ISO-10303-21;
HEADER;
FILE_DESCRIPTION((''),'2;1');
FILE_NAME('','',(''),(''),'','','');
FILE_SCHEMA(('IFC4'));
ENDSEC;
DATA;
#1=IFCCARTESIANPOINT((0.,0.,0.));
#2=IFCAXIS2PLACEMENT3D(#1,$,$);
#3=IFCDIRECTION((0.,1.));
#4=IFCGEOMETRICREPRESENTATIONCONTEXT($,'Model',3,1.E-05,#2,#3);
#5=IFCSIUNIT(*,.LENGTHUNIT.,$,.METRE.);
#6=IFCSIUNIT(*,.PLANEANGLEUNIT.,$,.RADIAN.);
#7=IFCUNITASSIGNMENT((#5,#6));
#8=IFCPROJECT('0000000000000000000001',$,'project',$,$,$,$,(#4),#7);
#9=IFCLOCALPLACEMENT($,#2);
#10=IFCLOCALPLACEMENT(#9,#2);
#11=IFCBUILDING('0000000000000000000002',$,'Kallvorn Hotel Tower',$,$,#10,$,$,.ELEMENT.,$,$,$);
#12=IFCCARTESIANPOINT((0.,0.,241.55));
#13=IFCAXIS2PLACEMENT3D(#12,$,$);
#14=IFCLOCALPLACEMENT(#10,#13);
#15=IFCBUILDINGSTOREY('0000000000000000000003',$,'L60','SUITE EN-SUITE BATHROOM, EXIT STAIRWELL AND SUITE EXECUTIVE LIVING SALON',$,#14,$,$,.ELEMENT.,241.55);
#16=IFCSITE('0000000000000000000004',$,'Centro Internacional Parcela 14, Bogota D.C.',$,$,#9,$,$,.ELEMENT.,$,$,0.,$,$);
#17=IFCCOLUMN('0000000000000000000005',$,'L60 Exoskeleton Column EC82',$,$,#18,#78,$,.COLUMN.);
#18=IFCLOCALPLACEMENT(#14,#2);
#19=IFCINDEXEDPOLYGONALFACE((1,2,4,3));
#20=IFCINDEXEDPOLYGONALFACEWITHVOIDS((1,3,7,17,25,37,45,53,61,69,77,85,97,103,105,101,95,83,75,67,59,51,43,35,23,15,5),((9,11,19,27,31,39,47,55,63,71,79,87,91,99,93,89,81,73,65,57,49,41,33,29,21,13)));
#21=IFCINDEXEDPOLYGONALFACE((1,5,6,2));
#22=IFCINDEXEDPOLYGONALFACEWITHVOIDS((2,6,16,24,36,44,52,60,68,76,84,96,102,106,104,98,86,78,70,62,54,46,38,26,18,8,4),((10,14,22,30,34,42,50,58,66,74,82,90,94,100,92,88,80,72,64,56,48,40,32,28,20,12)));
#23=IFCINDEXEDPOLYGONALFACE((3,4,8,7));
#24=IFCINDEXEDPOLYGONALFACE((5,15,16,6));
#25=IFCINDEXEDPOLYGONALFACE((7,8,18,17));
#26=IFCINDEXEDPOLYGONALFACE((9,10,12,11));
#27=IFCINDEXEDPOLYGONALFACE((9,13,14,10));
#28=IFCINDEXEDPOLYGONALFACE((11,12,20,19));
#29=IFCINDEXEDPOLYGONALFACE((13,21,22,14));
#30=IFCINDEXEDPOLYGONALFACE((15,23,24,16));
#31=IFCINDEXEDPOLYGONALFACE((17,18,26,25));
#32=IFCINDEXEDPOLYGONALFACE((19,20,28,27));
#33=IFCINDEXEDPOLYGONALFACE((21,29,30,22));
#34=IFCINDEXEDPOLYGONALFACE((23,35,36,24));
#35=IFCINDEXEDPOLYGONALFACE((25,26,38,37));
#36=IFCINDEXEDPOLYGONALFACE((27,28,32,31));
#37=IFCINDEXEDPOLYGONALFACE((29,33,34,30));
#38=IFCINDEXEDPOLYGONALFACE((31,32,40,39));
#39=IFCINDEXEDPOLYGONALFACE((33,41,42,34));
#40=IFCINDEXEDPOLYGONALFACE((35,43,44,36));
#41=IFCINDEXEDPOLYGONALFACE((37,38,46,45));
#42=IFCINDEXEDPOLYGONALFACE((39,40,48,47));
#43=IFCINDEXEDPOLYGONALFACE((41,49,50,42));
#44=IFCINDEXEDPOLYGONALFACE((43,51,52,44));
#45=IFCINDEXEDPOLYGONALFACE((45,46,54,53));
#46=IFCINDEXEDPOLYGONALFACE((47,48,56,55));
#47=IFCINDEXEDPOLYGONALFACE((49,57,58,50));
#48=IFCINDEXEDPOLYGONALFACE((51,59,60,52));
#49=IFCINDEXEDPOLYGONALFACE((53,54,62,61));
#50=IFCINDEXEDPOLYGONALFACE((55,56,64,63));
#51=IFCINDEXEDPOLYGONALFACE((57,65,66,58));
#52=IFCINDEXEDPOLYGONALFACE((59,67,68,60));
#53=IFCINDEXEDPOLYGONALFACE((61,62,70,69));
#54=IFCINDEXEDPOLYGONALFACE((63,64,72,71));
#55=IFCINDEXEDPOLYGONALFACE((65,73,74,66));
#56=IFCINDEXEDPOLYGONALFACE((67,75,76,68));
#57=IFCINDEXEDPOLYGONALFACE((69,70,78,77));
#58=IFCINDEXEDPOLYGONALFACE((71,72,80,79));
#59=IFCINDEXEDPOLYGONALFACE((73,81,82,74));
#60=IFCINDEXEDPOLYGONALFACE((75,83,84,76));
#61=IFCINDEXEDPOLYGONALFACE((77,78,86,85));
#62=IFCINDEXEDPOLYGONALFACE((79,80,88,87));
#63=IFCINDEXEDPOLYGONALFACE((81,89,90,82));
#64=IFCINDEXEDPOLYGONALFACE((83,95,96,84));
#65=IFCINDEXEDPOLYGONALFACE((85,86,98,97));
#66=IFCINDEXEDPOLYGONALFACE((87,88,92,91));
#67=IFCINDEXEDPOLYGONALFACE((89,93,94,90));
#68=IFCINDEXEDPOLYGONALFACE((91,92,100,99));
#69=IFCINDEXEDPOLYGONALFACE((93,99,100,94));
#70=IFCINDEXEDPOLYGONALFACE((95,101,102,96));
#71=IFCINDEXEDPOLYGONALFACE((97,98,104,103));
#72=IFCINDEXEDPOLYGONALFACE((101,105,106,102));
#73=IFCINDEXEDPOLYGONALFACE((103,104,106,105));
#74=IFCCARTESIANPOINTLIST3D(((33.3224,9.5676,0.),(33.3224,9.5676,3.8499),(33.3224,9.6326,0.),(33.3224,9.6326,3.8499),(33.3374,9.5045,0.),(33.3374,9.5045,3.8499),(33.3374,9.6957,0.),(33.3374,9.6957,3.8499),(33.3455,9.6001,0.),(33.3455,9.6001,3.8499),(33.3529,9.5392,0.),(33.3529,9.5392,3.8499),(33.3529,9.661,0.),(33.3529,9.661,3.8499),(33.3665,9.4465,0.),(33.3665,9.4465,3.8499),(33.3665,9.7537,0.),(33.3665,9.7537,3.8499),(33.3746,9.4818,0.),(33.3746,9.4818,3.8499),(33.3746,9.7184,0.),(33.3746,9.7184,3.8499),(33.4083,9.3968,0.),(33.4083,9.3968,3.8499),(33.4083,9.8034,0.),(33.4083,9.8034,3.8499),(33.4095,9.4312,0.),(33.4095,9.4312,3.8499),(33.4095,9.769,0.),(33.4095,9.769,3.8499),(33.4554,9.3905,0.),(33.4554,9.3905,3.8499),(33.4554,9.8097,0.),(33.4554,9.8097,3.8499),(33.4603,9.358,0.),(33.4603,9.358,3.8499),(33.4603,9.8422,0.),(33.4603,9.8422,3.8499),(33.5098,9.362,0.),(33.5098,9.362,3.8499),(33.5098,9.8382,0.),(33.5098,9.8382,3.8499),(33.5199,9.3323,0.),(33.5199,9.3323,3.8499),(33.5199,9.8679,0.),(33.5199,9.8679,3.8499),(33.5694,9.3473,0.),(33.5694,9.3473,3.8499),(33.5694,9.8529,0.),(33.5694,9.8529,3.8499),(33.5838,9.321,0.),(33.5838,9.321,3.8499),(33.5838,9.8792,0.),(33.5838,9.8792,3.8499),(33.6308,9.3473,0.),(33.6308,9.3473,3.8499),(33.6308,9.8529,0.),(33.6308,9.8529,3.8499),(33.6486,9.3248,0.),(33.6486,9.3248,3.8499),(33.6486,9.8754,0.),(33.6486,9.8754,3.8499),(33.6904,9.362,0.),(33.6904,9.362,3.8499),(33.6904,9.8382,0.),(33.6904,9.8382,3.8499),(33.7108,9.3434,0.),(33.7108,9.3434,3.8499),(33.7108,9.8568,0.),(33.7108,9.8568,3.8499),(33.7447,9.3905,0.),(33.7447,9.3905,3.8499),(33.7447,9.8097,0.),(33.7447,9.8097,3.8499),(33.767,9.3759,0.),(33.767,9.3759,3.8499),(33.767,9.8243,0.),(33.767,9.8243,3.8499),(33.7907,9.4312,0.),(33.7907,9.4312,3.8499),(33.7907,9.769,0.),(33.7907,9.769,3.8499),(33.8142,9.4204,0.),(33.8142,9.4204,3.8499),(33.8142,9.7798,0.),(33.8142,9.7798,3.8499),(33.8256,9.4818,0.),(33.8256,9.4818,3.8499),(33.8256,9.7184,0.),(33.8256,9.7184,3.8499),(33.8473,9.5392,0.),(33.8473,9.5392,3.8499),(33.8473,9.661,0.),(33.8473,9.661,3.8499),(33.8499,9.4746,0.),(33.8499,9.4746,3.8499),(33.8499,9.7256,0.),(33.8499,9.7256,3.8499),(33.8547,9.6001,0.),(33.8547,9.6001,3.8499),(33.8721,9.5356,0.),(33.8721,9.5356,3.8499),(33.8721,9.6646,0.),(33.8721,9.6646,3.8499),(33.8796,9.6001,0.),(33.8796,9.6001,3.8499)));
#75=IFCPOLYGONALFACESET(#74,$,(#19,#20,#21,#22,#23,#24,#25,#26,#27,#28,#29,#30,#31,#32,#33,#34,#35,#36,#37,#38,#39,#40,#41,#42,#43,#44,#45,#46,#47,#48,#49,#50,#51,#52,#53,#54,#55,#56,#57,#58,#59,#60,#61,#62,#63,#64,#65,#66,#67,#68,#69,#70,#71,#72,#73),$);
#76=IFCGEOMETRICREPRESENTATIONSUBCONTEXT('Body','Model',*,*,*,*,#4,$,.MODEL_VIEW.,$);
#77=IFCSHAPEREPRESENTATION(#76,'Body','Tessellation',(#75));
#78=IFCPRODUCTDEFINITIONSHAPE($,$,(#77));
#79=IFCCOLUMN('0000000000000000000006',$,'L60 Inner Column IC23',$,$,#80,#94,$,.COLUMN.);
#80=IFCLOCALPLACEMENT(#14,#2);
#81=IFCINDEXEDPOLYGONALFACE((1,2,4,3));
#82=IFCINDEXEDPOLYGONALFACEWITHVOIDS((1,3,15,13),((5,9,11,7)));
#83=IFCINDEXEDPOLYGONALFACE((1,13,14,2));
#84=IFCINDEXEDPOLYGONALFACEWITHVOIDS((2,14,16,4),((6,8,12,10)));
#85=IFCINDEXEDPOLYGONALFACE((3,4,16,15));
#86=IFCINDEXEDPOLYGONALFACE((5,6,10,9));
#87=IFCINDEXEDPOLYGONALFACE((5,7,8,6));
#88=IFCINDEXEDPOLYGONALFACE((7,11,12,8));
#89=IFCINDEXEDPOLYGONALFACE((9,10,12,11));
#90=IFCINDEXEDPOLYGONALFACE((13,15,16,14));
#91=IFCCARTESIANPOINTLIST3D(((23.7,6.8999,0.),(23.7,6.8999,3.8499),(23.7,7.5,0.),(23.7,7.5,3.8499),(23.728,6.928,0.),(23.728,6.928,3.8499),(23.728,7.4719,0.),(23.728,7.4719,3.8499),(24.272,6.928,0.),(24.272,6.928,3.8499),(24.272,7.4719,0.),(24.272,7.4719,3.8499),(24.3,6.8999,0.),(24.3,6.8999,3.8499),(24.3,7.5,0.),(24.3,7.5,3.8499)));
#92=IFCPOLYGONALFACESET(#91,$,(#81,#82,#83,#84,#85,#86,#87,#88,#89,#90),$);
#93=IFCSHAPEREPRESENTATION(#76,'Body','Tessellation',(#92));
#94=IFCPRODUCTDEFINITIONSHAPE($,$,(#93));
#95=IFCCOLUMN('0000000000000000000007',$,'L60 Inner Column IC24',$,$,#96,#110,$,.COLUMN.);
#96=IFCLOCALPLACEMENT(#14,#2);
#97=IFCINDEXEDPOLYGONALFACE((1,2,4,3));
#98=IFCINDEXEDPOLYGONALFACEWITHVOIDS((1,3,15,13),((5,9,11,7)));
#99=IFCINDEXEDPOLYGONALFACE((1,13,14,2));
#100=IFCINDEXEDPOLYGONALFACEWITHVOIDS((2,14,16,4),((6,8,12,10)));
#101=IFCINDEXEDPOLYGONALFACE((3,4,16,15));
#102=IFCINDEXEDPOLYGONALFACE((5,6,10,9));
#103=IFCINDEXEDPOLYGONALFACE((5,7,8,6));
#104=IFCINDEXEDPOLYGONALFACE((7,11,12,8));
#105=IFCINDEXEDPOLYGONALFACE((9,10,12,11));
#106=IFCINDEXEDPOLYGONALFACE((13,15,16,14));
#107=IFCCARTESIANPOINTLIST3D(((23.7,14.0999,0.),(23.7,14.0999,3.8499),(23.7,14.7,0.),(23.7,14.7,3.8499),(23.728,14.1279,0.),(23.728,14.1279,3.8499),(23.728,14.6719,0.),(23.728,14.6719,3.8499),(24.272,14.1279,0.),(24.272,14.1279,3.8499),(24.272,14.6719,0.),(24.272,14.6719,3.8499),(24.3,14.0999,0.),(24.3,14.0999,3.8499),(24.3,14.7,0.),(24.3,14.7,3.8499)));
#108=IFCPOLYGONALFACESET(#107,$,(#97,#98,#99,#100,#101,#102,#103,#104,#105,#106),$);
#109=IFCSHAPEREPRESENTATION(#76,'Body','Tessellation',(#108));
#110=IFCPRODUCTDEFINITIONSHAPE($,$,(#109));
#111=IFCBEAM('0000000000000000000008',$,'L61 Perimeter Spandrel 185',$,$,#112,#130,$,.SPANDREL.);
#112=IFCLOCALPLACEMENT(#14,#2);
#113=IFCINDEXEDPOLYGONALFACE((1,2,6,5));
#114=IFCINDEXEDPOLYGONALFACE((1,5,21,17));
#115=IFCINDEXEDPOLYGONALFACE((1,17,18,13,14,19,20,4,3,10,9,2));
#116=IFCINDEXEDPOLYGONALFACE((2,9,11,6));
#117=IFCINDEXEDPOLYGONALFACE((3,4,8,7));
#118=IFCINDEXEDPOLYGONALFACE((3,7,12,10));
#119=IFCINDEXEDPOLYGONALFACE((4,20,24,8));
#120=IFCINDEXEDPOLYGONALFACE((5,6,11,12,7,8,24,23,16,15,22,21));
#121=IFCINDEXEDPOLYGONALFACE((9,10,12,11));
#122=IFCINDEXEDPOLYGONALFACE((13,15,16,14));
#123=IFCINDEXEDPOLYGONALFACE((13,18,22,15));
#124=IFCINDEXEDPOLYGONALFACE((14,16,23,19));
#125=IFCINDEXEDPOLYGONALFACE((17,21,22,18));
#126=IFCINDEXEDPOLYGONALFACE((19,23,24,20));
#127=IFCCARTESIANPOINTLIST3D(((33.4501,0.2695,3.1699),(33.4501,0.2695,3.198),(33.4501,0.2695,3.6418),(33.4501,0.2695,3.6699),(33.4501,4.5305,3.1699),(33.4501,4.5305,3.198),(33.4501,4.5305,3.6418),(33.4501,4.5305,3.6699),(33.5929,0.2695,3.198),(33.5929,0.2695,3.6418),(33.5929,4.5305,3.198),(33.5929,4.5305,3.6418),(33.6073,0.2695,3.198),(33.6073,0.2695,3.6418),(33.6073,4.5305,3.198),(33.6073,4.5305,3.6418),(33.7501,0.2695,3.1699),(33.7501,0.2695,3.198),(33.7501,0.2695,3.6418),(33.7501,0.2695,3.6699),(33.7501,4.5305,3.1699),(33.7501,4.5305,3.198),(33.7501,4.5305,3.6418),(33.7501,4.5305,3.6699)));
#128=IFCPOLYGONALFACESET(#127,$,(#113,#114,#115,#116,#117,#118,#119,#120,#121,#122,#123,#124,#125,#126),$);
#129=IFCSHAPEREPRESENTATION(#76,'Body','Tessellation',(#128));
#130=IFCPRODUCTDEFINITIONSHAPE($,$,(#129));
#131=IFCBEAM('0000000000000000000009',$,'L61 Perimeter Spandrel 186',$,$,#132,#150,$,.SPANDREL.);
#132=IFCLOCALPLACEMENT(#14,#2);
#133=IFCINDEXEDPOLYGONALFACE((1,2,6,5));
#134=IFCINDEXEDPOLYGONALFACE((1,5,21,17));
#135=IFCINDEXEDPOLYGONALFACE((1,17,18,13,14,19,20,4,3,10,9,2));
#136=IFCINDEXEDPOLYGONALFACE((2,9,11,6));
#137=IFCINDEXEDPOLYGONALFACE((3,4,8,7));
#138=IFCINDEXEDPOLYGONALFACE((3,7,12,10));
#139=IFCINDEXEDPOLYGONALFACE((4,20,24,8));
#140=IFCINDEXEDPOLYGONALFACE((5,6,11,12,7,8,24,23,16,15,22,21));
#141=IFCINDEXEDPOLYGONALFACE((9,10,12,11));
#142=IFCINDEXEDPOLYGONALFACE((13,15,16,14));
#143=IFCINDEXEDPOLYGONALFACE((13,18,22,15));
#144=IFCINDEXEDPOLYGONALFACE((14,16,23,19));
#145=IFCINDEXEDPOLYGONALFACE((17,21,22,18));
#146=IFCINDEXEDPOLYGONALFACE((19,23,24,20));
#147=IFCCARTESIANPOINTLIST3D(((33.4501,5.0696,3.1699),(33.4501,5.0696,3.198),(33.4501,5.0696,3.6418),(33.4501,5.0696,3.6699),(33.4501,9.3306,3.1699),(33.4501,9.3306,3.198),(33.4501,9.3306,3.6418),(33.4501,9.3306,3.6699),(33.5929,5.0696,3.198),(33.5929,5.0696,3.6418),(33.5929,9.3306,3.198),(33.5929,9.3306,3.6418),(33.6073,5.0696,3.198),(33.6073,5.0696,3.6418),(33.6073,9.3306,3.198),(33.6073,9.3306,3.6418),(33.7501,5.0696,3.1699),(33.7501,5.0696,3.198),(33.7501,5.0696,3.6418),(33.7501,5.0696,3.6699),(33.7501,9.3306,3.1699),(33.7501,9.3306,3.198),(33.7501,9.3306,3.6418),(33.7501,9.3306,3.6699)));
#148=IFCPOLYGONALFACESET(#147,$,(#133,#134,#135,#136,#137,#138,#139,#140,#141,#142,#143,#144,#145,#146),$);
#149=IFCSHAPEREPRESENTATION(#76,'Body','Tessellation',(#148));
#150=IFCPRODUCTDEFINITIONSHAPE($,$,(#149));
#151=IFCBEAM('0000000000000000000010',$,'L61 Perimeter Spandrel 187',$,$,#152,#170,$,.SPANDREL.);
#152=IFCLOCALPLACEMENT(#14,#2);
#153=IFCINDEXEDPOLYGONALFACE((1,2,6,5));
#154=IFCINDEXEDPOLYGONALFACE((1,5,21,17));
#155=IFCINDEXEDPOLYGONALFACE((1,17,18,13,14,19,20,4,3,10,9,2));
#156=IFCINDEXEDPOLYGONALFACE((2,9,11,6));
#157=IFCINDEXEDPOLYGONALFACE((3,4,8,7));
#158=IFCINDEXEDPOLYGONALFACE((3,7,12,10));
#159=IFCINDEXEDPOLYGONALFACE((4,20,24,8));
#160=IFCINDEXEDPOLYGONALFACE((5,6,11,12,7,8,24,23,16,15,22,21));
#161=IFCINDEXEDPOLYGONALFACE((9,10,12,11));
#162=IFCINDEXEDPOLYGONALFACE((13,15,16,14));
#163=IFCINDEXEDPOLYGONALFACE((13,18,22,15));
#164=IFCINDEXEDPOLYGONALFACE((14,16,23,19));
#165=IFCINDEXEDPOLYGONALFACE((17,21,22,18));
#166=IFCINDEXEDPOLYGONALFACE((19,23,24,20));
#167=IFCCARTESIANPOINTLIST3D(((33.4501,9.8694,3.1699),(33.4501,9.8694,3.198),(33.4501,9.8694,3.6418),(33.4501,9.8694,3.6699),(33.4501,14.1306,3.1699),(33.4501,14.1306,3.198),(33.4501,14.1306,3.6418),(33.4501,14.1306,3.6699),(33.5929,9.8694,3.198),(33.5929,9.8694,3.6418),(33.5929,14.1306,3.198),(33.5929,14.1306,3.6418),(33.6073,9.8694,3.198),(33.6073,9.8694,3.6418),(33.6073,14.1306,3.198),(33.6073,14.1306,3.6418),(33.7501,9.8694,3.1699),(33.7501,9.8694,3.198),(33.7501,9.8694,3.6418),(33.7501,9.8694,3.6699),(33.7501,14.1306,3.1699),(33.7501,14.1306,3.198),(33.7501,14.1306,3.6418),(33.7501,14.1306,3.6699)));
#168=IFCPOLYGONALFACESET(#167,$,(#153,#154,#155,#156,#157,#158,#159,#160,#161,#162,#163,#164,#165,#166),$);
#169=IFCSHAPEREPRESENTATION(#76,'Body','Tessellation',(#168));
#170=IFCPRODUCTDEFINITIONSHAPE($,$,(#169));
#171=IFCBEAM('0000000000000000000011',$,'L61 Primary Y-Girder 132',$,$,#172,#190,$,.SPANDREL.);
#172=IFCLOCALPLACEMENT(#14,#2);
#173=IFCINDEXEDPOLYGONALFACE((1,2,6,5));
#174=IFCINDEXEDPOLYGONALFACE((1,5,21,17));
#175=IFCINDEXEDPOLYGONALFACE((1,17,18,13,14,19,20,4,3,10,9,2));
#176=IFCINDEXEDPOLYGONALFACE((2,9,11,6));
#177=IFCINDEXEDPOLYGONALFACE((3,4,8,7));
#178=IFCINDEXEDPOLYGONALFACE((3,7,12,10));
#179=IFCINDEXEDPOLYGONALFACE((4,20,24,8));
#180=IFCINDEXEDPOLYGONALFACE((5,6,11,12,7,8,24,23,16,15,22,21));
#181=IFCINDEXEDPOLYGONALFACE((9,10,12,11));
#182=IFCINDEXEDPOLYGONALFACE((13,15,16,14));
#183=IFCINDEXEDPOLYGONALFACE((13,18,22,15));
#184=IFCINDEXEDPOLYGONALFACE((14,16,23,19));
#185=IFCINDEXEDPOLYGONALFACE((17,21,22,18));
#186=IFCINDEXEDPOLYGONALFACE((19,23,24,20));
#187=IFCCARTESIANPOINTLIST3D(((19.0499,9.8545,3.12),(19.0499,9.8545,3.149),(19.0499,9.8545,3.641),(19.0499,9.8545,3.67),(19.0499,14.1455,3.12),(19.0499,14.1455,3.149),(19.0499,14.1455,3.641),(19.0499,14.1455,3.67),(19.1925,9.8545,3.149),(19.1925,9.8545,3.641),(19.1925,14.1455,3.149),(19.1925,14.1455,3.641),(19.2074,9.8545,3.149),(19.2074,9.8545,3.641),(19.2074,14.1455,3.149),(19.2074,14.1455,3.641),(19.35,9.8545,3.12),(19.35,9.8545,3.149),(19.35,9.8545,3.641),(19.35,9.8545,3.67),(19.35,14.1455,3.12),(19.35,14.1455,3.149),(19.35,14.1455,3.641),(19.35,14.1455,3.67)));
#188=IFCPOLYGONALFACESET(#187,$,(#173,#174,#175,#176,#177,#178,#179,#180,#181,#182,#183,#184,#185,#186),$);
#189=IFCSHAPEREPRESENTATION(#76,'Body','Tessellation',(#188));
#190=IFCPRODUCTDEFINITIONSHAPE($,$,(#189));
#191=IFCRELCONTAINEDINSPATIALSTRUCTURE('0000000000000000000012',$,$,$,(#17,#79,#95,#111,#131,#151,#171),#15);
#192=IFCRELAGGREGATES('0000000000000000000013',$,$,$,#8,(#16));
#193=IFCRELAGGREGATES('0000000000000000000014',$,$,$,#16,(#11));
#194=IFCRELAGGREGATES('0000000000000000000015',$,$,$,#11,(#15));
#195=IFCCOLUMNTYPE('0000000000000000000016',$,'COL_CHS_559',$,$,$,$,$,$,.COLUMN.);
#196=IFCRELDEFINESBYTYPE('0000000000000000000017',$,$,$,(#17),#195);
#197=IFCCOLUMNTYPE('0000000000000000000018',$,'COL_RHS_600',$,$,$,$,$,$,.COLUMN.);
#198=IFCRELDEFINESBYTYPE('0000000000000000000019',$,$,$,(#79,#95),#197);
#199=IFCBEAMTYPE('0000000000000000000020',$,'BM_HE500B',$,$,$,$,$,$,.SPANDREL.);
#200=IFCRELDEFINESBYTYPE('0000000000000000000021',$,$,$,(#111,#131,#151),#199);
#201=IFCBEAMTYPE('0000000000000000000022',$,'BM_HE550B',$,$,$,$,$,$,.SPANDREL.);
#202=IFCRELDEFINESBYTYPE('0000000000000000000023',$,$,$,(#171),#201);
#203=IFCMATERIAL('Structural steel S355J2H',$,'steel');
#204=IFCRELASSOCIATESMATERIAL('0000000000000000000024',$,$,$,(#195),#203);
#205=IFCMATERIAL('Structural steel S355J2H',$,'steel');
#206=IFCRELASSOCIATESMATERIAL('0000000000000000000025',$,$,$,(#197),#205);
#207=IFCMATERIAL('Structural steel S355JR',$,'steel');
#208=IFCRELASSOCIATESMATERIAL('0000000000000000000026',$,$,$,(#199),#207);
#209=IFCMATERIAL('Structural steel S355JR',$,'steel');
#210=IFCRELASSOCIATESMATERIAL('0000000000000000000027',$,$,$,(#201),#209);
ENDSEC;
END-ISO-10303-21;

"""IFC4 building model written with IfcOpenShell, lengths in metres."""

from ifc_helpers import new_model, si_unit, direction, frame, origin, origin_2d, place, context, subcontext, project, spatial, hollow_rectangle, hollow_circle, i_section, extrude, material, material_profile, profile_set, type_object, element, save


model = new_model("IFC4")

# Units and contexts
model_context = context("Model", 3, precision=1e-05, world=origin(), true_north=direction((0.0, 1.0)))
body_context = subcontext(model_context, "Body", "Model", "MODEL_VIEW")
ifc_project = project(units=[si_unit("LENGTHUNIT", "METRE"), si_unit("PLANEANGLEUNIT", "RADIAN")], contexts=[model_context])

# Site, building, storey
site_placement = place(None, origin())
site = spatial("IfcSite", under=ifc_project, at=site_placement, Name="Centro Internacional Parcela 14, Bogota D.C.", CompositionType="ELEMENT", RefElevation=0.0)
building_placement = place(site_placement, origin())
building = spatial("IfcBuilding", under=site, at=building_placement, Name="Kallvorn Hotel Tower", CompositionType="ELEMENT")
storey_placement = place(building_placement, frame((0.0, 0.0, 241.55)))
storey = spatial("IfcBuildingStorey", under=building, at=storey_placement, Name="L60", Description="SUITE EN-SUITE BATHROOM, EXIT STAIRWELL AND SUITE EXECUTIVE LIVING SALON", CompositionType="ELEMENT", Elevation=241.55)

# Columns
ifc_material_1 = material(Name="Structural steel S355J2H", Category="steel")
ifc_material_profile_1 = material_profile(ifc_material_1, hollow_circle(Radius=0.2795, WallThickness=0.0249, at=origin_2d()), Name="CHS 559x25")
ifc_profile_set_1 = profile_set([ifc_material_profile_1], Name="Structural steel S355J2H")
column_type_1 = type_object("IfcColumnType", Name="COL_CHS_559", PredefinedType="COLUMN", material=ifc_profile_set_1)
for number, where, z_axis, x_axis, name in (
    (1, (33.6001, 9.6001, 0.0), (0.0, 0.0, 1.0), (1.0, 0.0, 0.0), "L60 Exoskeleton Column EC82"),
):
    element("IfcColumn", number, at=place(storey_placement, frame(where, z_axis=z_axis, x_axis=x_axis)), inside=storey, type_object=column_type_1, Name=name, PredefinedType="COLUMN", context=body_context, shape_type="SweptSolid", body=[
        extrude(hollow_circle(Radius=0.2795, WallThickness=0.0249, at=origin_2d()), origin(), (0.0, 0.0, 1.0), 3.8499),
    ])
ifc_material_2 = material(Name="Structural steel S355J2H", Category="steel")
ifc_material_profile_2 = material_profile(ifc_material_2, hollow_rectangle(XDim=0.6001, YDim=0.6001, WallThickness=0.0281, at=origin_2d()), Name="RHS 600x600x28")
ifc_profile_set_2 = profile_set([ifc_material_profile_2], Name="Structural steel S355J2H")
column_type_2 = type_object("IfcColumnType", Name="COL_RHS_600", PredefinedType="COLUMN", material=ifc_profile_set_2)
for number, where, z_axis, x_axis, name in (
    (2, (24.0, 7.2, 0.0), (0.0, 0.0, 1.0), (1.0, 0.0, 0.0), "L60 Inner Column IC23"),
    (3, (24.0, 14.3999, 0.0), (0.0, 0.0, 1.0), (1.0, 0.0, 0.0), "L60 Inner Column IC24"),
):
    element("IfcColumn", number, at=place(storey_placement, frame(where, z_axis=z_axis, x_axis=x_axis)), inside=storey, type_object=column_type_2, Name=name, PredefinedType="COLUMN", context=body_context, shape_type="SweptSolid", body=[
        extrude(hollow_rectangle(XDim=0.6001, YDim=0.6001, WallThickness=0.0281, at=origin_2d()), origin(), (0.0, 0.0, 1.0), 3.8499),
    ])

# Beams
ifc_material_3 = material(Name="Structural steel S355JR", Category="steel")
ifc_material_profile_3 = material_profile(ifc_material_3, i_section(OverallWidth=0.3, OverallDepth=0.5, WebThickness=0.0144, FlangeThickness=0.0281, at=origin_2d()), Name="HE 500 B")
ifc_profile_set_3 = profile_set([ifc_material_profile_3], Name="Structural steel S355JR")
beam_type_1 = type_object("IfcBeamType", Name="BM_HE500B", PredefinedType="SPANDREL", material=ifc_profile_set_3)
for number, where, z_axis, x_axis, name in (
    (4, (33.6001, 0.2695, 3.4199), (0.0, 1.0, 0.0), (-1.0, 0.0, 0.0), "L61 Perimeter Spandrel 185"),
    (5, (33.6001, 5.0696, 3.4199), (0.0, 1.0, 0.0), (-1.0, 0.0, 0.0), "L61 Perimeter Spandrel 186"),
):
    element("IfcBeam", number, at=place(storey_placement, frame(where, z_axis=z_axis, x_axis=x_axis)), inside=storey, type_object=beam_type_1, Name=name, PredefinedType="SPANDREL", context=body_context, shape_type="SweptSolid", body=[
        extrude(i_section(OverallWidth=0.3, OverallDepth=0.5, WebThickness=0.0144, FlangeThickness=0.0281, at=origin_2d()), origin(), (0.0, 0.0, 1.0), 4.261),
    ])
beam_1_placement = place(storey_placement, frame((33.6001, 9.8694, 3.4199), z_axis=(0.0, 1.0, 0.0), x_axis=(-1.0, 0.0, 0.0)))
element("IfcBeam", 6, at=beam_1_placement, inside=storey, type_object=beam_type_1, Name="L61 Perimeter Spandrel 187", PredefinedType="SPANDREL", context=body_context, shape_type="SweptSolid", body=[
    extrude(i_section(OverallWidth=0.3, OverallDepth=0.5, WebThickness=0.0144, FlangeThickness=0.0281, at=origin_2d()), origin(), (0.0, 0.0, 1.0), 4.2612),
])
ifc_material_4 = material(Name="Structural steel S355JR", Category="steel")
ifc_material_profile_4 = material_profile(ifc_material_4, i_section(OverallWidth=0.3, OverallDepth=0.55, WebThickness=0.0149, FlangeThickness=0.0291, at=origin_2d()), Name="HE 550 B")
ifc_profile_set_4 = profile_set([ifc_material_profile_4], Name="Structural steel S355JR")
beam_type_2 = type_object("IfcBeamType", Name="BM_HE550B", PredefinedType="SPANDREL", material=ifc_profile_set_4)
beam_2_placement = place(storey_placement, frame((19.2, 9.8545, 3.395), z_axis=(0.0, 1.0, 0.0), x_axis=(-1.0, 0.0, 0.0)))
element("IfcBeam", 7, at=beam_2_placement, inside=storey, type_object=beam_type_2, Name="L61 Primary Y-Girder 132", PredefinedType="SPANDREL", context=body_context, shape_type="SweptSolid", body=[
    extrude(i_section(OverallWidth=0.3, OverallDepth=0.55, WebThickness=0.0149, FlangeThickness=0.0291, at=origin_2d()), origin(), (0.0, 0.0, 1.0), 4.291),
])

save(model, "model.ifc")
